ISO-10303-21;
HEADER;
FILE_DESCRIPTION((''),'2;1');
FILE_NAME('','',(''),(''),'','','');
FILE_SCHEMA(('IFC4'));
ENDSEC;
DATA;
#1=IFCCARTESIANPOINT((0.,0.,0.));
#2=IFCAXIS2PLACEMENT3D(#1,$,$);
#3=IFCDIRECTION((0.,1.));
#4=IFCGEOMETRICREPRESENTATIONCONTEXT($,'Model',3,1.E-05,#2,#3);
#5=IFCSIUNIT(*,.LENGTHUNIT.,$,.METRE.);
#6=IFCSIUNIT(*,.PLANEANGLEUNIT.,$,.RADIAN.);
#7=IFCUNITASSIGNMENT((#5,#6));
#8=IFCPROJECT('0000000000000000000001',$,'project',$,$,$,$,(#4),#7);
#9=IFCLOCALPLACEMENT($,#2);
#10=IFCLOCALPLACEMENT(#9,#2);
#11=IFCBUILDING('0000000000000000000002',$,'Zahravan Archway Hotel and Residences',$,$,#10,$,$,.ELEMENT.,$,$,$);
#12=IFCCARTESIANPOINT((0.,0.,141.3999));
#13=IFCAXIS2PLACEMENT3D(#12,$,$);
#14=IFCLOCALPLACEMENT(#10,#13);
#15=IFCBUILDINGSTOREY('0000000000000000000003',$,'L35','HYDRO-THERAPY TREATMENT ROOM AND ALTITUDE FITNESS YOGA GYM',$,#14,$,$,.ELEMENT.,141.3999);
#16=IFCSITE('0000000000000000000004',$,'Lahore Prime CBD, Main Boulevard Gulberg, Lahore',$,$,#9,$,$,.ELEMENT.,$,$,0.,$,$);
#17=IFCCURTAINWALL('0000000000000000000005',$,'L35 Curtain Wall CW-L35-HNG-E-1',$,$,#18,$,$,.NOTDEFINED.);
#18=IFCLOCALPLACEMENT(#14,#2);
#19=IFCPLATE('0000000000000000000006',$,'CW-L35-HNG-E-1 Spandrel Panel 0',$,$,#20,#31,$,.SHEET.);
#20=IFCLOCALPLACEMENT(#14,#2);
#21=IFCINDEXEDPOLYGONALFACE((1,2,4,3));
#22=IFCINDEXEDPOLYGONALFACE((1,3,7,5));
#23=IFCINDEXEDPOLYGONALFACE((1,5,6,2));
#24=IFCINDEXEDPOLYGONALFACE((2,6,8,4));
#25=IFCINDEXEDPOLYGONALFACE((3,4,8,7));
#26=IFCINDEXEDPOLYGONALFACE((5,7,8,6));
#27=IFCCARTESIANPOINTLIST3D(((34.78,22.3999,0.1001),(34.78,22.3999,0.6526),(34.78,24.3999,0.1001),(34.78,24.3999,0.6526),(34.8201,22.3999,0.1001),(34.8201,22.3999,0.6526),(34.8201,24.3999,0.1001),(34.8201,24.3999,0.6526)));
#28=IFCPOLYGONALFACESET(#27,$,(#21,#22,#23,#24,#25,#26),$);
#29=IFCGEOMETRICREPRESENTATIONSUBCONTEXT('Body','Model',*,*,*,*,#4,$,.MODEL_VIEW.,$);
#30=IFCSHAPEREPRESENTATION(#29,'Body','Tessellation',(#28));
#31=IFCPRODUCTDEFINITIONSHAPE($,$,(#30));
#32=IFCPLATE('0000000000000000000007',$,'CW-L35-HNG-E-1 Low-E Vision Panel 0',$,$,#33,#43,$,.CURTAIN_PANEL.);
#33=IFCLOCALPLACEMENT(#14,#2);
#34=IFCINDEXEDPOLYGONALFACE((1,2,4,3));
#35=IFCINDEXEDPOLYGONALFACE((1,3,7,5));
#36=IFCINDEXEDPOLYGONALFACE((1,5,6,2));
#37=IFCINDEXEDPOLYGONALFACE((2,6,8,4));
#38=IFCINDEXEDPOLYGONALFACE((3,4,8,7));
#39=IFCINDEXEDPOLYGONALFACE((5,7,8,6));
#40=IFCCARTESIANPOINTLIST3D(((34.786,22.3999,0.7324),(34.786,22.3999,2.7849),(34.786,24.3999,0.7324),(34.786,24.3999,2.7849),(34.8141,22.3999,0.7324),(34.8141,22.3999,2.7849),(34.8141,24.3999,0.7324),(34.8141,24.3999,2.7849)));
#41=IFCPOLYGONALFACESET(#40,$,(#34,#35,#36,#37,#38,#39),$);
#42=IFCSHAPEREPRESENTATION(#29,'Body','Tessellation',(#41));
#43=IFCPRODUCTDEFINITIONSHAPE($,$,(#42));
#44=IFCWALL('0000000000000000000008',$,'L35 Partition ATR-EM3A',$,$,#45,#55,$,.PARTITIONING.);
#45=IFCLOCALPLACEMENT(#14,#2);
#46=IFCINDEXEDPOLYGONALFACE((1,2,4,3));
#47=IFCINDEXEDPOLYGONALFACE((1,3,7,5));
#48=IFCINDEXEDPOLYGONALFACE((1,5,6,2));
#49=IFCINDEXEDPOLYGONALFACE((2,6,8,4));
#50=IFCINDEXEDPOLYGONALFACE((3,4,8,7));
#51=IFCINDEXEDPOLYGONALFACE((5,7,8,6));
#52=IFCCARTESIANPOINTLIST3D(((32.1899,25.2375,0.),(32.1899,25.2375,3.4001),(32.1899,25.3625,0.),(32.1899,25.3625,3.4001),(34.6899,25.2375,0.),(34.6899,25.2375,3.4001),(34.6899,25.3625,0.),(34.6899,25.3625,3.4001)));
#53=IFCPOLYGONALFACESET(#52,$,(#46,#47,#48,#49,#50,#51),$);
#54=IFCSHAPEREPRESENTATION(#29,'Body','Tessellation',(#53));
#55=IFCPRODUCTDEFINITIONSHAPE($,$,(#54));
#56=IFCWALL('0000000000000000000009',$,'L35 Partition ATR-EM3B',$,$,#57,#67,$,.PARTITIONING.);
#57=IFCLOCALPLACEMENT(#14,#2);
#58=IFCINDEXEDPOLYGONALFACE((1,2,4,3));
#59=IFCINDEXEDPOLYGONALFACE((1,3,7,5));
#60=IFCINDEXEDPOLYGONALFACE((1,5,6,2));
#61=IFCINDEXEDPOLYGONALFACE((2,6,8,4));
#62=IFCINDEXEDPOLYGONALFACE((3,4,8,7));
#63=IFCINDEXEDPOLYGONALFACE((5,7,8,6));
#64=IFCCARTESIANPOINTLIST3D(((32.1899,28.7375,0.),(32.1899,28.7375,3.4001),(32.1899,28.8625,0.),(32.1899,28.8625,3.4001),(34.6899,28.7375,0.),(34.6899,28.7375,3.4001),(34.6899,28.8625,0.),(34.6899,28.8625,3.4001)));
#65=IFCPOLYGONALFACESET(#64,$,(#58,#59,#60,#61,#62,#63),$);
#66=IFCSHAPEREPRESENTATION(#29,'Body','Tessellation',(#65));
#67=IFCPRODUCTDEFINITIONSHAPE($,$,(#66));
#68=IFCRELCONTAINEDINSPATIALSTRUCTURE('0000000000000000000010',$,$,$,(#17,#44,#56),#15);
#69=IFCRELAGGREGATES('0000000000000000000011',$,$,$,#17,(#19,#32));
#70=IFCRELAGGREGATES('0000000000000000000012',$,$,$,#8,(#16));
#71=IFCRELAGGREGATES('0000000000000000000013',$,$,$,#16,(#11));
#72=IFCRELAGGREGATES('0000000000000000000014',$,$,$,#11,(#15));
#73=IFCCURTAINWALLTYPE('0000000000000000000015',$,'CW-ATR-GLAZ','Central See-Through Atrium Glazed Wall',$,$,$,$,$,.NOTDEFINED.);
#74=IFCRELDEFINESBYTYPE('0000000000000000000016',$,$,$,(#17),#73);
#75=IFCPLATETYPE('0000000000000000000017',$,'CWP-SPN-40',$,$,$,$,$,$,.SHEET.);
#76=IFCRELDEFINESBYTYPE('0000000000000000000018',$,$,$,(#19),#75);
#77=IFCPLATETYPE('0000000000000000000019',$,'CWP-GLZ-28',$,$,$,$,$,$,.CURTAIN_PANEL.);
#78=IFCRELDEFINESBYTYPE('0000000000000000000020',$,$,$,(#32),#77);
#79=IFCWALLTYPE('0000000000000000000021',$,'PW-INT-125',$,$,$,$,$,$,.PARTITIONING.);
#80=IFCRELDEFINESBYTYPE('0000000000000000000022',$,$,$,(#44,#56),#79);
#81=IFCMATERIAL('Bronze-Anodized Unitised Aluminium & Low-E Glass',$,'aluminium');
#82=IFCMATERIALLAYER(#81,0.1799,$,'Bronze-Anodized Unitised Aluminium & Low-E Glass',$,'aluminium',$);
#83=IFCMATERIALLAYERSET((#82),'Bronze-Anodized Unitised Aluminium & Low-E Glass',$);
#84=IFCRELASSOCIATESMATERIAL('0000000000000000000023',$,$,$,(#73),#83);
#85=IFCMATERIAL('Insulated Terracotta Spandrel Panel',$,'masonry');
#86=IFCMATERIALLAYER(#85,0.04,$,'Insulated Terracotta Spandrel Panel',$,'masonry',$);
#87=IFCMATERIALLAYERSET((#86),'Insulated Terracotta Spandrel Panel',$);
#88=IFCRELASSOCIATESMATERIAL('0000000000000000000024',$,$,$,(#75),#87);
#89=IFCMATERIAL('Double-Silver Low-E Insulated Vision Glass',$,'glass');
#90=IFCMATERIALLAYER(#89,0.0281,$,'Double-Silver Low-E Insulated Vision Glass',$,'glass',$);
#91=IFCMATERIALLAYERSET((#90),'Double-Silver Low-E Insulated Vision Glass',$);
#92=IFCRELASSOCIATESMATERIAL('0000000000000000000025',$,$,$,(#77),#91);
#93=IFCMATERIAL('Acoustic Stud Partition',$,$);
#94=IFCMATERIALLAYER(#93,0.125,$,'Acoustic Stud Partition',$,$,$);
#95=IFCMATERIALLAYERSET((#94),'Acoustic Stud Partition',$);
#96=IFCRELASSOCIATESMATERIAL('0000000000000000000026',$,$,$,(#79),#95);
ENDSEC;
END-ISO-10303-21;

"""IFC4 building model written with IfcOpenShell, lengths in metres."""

from ifc_helpers import new_model, si_unit, direction, frame, frame_2d, origin, origin_2d, place, context, subcontext, project, spatial, rectangle, extrude, source, transform, mapped, material, layer, layer_set, type_object, element, aggregate, save


model = new_model("IFC4")

# Units and contexts
model_context = context("Model", 3, precision=1e-05, world=origin(), true_north=direction((0.0, 1.0)))
body_context = subcontext(model_context, "Body", "Model", "MODEL_VIEW")
ifc_project = project(units=[si_unit("LENGTHUNIT", "METRE"), si_unit("PLANEANGLEUNIT", "RADIAN")], contexts=[model_context])

# Site, building, storey
site_placement = place(None, origin())
site = spatial("IfcSite", under=ifc_project, at=site_placement, Name="Lahore Prime CBD, Main Boulevard Gulberg, Lahore", CompositionType="ELEMENT", RefElevation=0.0)
building_placement = place(site_placement, origin())
building = spatial("IfcBuilding", under=site, at=building_placement, Name="Zahravan Archway Hotel and Residences", CompositionType="ELEMENT")
storey_placement = place(building_placement, frame((0.0, 0.0, 141.3999)))
storey = spatial("IfcBuildingStorey", under=building, at=storey_placement, Name="L35", Description="HYDRO-THERAPY TREATMENT ROOM AND ALTITUDE FITNESS YOGA GYM", CompositionType="ELEMENT", Elevation=141.3999)

# Curtain wall
ifc_material_1 = material(Name="Bronze-Anodized Unitised Aluminium & Low-E Glass", Category="aluminium")
ifc_layer_1 = layer(ifc_material_1, 0.1799, Name="Bronze-Anodized Unitised Aluminium & Low-E Glass", Category="aluminium")
ifc_layer_set_1 = layer_set([ifc_layer_1], Name="Bronze-Anodized Unitised Aluminium & Low-E Glass")
curtain_wall_type = type_object("IfcCurtainWallType", Name="CW-ATR-GLAZ", Description="Central See-Through Atrium Glazed Wall", PredefinedType="NOTDEFINED", material=ifc_layer_set_1)
curtain_wall_1_placement = place(storey_placement, origin())
curtain_wall_1 = element("IfcCurtainWall", 1, at=curtain_wall_1_placement, inside=storey, type_object=curtain_wall_type, Name="L35 Curtain Wall CW-L35-HNG-E-1", PredefinedType="NOTDEFINED")

# Plates
ifc_material_2 = material(Name="Insulated Terracotta Spandrel Panel", Category="masonry")
ifc_layer_2 = layer(ifc_material_2, 0.04, Name="Insulated Terracotta Spandrel Panel", Category="masonry")
ifc_layer_set_2 = layer_set([ifc_layer_2], Name="Insulated Terracotta Spandrel Panel")
plate_type_1 = type_object("IfcPlateType", Name="CWP-SPN-40", PredefinedType="SHEET", material=ifc_layer_set_2)
ifc_material_3 = material(Name="Double-Silver Low-E Insulated Vision Glass", Category="glass")
ifc_layer_3 = layer(ifc_material_3, 0.0281, Name="Double-Silver Low-E Insulated Vision Glass", Category="glass")
ifc_layer_set_3 = layer_set([ifc_layer_3], Name="Double-Silver Low-E Insulated Vision Glass")
plate_type_2 = type_object("IfcPlateType", Name="CWP-GLZ-28", PredefinedType="CURTAIN_PANEL", material=ifc_layer_set_3)
shared_shape_1 = source(origin(), body_context, "Body", "SweptSolid", [
    extrude(rectangle(XDim=2.0, YDim=0.04, at=origin_2d()), origin(), (0.0, 0.0, 1.0), 0.5525),
])
plate_1_placement = place(storey_placement, frame((34.8, 23.3999, 0.1001), z_axis=(0.0, 0.0, 1.0), x_axis=(0.0, 1.0, 0.0)))
plate_1 = element("IfcPlate", 2, at=plate_1_placement, type_object=plate_type_1, Name="CW-L35-HNG-E-1 Spandrel Panel 0", PredefinedType="SHEET", context=body_context, shape_type="MappedRepresentation", body=[
    mapped(shared_shape_1, transform((0.0, 0.0, 0.0), scale=1.0)),
])
shared_shape_2 = source(origin(), body_context, "Body", "SweptSolid", [
    extrude(rectangle(XDim=2.0, YDim=0.0281, at=origin_2d()), origin(), (0.0, 0.0, 1.0), 2.0525),
])
plate_2_placement = place(storey_placement, frame((34.8, 23.3999, 0.7324), z_axis=(0.0, 0.0, 1.0), x_axis=(0.0, 1.0, 0.0)))
plate_2 = element("IfcPlate", 3, at=plate_2_placement, type_object=plate_type_2, Name="CW-L35-HNG-E-1 Low-E Vision Panel 0", PredefinedType="CURTAIN_PANEL", context=body_context, shape_type="MappedRepresentation", body=[
    mapped(shared_shape_2, transform((0.0, 0.0, 0.0), scale=1.0)),
])
aggregate(curtain_wall_1, [plate_1, plate_2])

# Walls
ifc_material_4 = material(Name="Acoustic Stud Partition")
ifc_layer_4 = layer(ifc_material_4, 0.125, Name="Acoustic Stud Partition")
ifc_layer_set_4 = layer_set([ifc_layer_4], Name="Acoustic Stud Partition")
wall_type = type_object("IfcWallType", Name="PW-INT-125", PredefinedType="PARTITIONING", material=ifc_layer_set_4)
for number, where, z_axis, x_axis, name in (
    (4, (32.1899, 25.3, 0.0), (0.0, 0.0, 1.0), (1.0, 0.0, 0.0), "L35 Partition ATR-EM3A"),
    (5, (32.1899, 28.8, 0.0), (0.0, 0.0, 1.0), (1.0, 0.0, 0.0), "L35 Partition ATR-EM3B"),
):
    element("IfcWall", number, at=place(storey_placement, frame(where, z_axis=z_axis, x_axis=x_axis)), inside=storey, type_object=wall_type, Name=name, PredefinedType="PARTITIONING", context=body_context, shape_type="SweptSolid", body=[
        extrude(rectangle(XDim=2.5, YDim=0.125, at=frame_2d((1.25, 0.0))), origin(), (0.0, 0.0, 1.0), 3.4001),
    ])

save(model, "model.ifc")
